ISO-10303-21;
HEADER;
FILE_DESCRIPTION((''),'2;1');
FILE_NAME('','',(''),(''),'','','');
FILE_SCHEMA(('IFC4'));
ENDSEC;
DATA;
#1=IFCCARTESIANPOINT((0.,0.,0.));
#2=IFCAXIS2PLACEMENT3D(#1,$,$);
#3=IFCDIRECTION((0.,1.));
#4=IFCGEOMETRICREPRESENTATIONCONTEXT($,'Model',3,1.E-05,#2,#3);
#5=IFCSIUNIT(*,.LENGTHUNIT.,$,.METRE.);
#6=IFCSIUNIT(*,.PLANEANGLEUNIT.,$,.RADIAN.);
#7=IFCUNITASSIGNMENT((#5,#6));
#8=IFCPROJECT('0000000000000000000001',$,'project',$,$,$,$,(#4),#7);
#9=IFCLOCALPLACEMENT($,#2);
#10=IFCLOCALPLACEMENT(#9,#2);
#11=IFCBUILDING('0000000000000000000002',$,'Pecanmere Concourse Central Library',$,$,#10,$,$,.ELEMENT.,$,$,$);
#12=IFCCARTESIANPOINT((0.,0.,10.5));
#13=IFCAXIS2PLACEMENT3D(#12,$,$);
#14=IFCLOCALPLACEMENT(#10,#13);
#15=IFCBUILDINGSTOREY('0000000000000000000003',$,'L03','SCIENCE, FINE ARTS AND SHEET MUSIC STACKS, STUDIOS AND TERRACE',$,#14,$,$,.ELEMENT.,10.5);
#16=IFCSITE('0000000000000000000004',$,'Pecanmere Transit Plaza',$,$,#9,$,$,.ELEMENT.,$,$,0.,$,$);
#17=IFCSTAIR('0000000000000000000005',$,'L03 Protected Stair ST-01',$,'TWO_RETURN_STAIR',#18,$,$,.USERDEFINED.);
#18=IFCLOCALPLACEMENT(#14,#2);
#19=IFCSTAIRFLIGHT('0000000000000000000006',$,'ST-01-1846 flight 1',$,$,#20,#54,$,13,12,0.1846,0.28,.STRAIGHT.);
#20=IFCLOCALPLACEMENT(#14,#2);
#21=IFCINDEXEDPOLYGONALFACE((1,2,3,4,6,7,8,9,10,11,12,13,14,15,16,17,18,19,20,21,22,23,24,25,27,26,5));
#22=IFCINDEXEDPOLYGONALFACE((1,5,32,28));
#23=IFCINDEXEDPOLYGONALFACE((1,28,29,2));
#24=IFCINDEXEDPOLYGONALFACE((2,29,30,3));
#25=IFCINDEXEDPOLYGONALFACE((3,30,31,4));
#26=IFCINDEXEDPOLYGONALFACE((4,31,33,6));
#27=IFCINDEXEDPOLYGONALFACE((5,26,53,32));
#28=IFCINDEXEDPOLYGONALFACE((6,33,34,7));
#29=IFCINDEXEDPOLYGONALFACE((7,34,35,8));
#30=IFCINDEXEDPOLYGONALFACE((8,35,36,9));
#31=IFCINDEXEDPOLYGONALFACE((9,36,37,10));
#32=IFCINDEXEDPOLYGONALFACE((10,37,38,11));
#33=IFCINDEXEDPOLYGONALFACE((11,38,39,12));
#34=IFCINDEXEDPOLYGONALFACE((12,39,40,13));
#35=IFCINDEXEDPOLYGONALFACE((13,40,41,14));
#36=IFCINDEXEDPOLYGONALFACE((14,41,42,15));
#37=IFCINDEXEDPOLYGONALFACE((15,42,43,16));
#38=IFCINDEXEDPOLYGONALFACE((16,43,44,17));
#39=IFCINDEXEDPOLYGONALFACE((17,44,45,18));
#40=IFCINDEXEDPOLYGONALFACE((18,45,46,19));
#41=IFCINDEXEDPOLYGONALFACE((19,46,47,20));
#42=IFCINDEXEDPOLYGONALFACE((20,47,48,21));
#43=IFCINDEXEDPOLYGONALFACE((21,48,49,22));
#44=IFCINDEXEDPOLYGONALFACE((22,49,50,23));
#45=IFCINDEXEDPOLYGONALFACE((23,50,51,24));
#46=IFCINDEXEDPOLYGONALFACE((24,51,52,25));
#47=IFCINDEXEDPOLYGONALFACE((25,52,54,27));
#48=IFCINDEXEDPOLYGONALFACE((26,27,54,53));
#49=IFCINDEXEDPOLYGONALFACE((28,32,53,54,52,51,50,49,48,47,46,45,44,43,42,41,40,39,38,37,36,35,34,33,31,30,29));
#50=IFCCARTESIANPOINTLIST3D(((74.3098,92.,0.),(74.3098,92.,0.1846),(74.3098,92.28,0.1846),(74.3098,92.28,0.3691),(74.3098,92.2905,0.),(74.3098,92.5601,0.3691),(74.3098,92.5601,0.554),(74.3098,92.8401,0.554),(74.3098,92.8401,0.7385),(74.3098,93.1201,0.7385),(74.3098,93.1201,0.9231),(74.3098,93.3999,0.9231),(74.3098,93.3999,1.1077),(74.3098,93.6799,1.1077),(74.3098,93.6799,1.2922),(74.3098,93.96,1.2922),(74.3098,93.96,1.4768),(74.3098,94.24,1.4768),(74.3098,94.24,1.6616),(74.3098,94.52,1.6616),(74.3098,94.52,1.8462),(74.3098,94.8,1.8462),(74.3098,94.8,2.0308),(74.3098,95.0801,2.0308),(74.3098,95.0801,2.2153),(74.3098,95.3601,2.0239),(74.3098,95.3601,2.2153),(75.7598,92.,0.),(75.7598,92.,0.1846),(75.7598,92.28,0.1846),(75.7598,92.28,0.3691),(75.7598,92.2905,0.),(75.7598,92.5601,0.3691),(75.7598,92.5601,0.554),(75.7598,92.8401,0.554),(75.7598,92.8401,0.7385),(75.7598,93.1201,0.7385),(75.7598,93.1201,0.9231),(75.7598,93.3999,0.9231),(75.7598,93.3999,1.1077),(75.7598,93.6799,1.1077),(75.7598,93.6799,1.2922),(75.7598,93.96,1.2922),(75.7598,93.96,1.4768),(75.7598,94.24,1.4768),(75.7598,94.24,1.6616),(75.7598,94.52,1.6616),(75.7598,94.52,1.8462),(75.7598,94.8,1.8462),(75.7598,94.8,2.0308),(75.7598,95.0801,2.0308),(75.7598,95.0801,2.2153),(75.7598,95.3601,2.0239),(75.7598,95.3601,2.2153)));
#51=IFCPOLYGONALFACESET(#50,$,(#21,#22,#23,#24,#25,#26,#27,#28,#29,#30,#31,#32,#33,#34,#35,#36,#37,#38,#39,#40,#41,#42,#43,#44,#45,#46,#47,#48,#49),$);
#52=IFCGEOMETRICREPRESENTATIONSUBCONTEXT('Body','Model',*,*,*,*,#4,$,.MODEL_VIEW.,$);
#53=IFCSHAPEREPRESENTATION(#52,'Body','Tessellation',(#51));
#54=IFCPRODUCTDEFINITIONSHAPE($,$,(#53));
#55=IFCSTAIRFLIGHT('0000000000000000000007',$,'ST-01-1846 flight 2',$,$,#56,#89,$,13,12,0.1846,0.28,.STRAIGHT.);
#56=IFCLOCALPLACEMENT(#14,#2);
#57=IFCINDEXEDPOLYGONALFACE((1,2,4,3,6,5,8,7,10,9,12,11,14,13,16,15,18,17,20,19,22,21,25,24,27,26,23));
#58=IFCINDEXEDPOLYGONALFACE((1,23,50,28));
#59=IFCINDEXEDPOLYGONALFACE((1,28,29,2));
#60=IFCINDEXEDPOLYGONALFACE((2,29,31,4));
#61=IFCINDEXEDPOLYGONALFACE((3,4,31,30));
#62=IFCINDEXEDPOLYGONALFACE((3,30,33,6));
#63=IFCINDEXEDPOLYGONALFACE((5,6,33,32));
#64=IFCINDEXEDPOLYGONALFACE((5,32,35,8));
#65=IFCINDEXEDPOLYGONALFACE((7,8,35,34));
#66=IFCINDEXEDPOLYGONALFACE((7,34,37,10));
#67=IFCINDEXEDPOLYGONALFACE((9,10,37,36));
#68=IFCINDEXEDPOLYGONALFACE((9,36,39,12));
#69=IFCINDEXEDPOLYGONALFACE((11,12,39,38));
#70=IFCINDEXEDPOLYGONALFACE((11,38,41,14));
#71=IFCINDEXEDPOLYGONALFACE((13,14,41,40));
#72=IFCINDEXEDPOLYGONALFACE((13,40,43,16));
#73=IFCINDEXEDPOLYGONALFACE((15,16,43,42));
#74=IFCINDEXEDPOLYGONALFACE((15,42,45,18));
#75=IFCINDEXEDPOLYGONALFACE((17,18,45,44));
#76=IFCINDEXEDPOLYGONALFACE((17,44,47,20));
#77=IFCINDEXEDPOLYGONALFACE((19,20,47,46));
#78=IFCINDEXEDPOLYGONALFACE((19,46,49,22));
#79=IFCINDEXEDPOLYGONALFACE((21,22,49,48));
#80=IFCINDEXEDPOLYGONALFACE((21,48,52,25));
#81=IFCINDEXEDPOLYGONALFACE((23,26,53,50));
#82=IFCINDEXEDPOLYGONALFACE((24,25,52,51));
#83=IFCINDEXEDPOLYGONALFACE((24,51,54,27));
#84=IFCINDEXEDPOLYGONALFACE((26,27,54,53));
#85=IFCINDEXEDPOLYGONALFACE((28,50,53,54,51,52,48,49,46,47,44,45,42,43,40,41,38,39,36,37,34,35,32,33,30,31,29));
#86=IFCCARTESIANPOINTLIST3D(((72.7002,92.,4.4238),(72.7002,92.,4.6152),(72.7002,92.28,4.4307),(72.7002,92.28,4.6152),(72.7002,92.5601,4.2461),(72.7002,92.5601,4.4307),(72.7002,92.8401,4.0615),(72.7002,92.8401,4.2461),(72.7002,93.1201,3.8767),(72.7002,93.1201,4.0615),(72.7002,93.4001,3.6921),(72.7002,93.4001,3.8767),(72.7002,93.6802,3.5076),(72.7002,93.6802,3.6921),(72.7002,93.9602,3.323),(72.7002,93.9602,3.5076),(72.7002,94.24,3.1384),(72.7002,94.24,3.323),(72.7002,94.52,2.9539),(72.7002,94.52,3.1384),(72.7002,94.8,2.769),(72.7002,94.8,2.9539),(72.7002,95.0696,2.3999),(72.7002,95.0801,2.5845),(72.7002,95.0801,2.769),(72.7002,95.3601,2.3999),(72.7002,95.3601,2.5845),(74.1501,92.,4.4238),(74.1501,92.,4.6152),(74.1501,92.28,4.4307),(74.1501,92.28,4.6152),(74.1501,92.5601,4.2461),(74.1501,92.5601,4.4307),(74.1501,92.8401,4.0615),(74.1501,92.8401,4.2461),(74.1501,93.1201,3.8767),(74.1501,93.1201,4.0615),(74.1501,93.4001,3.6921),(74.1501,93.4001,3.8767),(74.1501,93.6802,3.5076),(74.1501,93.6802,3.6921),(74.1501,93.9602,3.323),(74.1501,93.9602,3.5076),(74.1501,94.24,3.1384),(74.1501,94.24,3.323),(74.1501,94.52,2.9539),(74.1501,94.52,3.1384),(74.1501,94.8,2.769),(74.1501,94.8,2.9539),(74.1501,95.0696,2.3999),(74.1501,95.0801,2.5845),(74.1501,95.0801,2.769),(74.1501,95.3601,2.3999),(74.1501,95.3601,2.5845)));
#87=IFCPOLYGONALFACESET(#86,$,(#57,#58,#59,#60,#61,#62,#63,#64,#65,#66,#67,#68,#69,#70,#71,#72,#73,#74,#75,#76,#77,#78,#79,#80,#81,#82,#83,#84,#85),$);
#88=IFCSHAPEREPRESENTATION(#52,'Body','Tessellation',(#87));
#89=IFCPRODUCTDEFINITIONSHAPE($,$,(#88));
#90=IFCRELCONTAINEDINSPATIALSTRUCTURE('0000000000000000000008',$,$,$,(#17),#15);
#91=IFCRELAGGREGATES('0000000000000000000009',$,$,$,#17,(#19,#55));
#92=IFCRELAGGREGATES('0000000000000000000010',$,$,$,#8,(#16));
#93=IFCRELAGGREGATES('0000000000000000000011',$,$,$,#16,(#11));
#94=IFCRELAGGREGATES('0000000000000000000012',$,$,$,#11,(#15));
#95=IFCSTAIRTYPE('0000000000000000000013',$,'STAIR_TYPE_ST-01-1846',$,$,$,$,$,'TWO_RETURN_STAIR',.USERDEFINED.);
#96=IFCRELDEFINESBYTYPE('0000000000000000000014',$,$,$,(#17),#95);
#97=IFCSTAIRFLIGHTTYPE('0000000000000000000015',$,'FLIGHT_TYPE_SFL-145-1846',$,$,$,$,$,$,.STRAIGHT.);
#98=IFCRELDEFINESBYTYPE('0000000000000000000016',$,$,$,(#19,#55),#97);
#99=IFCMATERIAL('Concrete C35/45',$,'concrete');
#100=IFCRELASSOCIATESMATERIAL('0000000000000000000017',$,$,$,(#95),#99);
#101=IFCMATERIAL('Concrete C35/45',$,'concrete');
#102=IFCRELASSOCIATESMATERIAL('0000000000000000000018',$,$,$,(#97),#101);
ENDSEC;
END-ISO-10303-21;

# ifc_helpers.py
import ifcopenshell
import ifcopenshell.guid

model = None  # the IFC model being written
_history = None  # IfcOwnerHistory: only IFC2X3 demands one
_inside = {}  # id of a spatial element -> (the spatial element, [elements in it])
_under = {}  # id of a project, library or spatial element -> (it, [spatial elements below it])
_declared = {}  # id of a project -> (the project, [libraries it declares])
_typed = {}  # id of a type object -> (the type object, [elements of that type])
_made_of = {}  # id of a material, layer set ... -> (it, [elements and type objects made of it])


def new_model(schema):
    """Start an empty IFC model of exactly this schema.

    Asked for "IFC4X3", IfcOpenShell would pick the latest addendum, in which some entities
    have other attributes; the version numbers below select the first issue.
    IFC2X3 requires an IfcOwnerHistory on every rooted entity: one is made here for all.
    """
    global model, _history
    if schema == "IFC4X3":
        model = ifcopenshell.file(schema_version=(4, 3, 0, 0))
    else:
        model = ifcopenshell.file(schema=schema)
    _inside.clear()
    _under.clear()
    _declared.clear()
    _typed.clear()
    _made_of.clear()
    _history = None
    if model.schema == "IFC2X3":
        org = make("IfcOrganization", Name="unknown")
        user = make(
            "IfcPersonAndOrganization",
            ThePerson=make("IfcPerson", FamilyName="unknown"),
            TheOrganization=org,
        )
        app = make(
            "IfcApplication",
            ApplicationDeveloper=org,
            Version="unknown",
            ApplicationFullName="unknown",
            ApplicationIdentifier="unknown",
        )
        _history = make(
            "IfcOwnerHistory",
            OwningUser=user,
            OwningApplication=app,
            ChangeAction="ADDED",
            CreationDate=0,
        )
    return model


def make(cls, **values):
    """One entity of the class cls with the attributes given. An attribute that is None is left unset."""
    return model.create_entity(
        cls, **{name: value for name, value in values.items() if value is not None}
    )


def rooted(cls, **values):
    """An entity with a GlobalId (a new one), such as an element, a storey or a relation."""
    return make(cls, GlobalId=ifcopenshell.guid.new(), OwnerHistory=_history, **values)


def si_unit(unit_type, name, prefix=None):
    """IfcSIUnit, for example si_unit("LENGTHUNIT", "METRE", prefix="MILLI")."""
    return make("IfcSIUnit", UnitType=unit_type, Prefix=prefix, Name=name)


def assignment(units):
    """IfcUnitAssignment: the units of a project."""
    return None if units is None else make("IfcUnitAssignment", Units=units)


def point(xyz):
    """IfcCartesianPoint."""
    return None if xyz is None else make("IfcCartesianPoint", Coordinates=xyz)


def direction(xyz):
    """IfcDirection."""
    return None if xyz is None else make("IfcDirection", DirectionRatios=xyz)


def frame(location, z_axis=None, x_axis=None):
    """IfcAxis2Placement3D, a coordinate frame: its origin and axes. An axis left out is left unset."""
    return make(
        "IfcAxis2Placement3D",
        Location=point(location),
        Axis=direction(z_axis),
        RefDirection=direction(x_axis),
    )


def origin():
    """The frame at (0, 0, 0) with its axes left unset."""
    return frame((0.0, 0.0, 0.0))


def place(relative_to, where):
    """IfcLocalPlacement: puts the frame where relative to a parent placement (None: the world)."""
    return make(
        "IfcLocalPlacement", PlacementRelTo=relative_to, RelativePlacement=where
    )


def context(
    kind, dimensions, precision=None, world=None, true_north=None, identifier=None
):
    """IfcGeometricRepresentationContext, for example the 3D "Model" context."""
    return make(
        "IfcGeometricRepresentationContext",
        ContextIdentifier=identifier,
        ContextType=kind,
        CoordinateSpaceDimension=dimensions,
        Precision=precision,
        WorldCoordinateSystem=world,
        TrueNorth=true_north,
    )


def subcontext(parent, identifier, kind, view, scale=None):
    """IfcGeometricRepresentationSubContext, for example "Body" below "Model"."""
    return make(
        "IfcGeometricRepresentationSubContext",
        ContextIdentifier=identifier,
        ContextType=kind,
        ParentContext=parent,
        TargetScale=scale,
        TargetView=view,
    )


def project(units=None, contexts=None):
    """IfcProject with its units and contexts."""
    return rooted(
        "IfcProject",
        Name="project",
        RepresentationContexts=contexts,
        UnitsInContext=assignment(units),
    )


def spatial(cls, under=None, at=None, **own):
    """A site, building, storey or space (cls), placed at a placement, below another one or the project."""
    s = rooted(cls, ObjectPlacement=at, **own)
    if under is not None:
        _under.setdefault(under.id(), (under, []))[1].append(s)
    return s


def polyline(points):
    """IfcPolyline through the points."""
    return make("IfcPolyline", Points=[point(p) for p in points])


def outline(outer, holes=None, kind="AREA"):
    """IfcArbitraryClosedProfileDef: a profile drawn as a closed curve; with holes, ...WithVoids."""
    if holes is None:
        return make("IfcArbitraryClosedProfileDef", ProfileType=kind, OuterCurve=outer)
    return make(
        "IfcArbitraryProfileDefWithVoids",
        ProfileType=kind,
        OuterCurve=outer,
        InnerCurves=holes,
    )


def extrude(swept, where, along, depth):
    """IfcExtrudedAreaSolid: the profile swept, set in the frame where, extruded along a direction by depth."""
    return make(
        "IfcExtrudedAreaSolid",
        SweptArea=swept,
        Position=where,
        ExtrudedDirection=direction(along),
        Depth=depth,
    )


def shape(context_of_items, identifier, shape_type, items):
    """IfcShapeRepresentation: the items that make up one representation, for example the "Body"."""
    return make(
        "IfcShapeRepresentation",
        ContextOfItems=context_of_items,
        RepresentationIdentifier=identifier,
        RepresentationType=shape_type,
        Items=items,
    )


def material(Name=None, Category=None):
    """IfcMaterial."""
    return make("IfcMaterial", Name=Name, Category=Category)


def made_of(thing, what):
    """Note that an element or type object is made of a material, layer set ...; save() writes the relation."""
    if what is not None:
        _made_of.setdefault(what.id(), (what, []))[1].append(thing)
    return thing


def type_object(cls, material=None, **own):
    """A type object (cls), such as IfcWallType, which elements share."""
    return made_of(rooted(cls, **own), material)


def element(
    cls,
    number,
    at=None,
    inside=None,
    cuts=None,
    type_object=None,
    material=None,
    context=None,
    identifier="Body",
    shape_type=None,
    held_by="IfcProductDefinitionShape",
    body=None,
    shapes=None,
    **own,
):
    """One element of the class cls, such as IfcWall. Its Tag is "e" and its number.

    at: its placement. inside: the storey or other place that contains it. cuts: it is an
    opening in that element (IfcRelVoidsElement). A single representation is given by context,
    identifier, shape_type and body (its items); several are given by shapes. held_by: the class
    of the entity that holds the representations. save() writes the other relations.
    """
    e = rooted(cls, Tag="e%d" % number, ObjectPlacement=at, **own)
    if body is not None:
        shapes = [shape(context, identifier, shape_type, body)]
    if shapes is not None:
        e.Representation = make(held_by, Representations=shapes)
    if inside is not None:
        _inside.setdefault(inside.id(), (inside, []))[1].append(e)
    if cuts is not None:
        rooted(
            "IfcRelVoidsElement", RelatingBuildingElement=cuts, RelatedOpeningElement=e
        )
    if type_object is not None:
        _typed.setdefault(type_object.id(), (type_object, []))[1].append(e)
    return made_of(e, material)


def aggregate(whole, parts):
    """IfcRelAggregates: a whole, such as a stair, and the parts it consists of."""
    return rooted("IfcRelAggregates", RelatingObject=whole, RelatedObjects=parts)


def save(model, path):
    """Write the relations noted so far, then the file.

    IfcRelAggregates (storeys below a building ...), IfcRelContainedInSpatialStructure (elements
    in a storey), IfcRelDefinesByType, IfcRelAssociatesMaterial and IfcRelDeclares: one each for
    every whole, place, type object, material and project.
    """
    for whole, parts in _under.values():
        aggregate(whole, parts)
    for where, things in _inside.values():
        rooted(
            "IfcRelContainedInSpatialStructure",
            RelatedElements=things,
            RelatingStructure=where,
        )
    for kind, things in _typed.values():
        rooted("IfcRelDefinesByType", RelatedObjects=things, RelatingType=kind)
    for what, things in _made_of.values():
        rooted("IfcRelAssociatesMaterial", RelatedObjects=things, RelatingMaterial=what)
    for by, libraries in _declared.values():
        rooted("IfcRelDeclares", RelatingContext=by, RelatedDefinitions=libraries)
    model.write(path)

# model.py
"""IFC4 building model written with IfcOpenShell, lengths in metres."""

from ifc_helpers import new_model, si_unit, direction, frame, origin, place, context, subcontext, project, spatial, polyline, outline, extrude, material, type_object, element, aggregate, save


model = new_model("IFC4")

# Units and contexts
model_context = context("Model", 3, precision=1e-05, world=origin(), true_north=direction((0.0, 1.0)))
body_context = subcontext(model_context, "Body", "Model", "MODEL_VIEW")
ifc_project = project(units=[si_unit("LENGTHUNIT", "METRE"), si_unit("PLANEANGLEUNIT", "RADIAN")], contexts=[model_context])

# Site, building, storey
site_placement = place(None, origin())
site = spatial("IfcSite", under=ifc_project, at=site_placement, Name="Pecanmere Transit Plaza", CompositionType="ELEMENT", RefElevation=0.0)
building_placement = place(site_placement, origin())
building = spatial("IfcBuilding", under=site, at=building_placement, Name="Pecanmere Concourse Central Library", CompositionType="ELEMENT")
storey_placement = place(building_placement, frame((0.0, 0.0, 10.5)))
storey = spatial("IfcBuildingStorey", under=building, at=storey_placement, Name="L03", Description="SCIENCE, FINE ARTS AND SHEET MUSIC STACKS, STUDIOS AND TERRACE", CompositionType="ELEMENT", Elevation=10.5)

# Stair, stair flights
ifc_material_1 = material(Name="Concrete C35/45", Category="concrete")
stair_type = type_object("IfcStairType", Name="STAIR_TYPE_ST-01-1846", ElementType="TWO_RETURN_STAIR", PredefinedType="USERDEFINED", material=ifc_material_1)
stair_placement = place(storey_placement, origin())
stair = element("IfcStair", 1, at=stair_placement, inside=storey, type_object=stair_type, Name="L03 Protected Stair ST-01", ObjectType="TWO_RETURN_STAIR", PredefinedType="USERDEFINED")
ifc_material_2 = material(Name="Concrete C35/45", Category="concrete")
stair_flight_type = type_object("IfcStairFlightType", Name="FLIGHT_TYPE_SFL-145-1846", PredefinedType="STRAIGHT", material=ifc_material_2)
stair_flight_1_placement = place(storey_placement, frame((75.0349, 92.0, 0.0), z_axis=(0.0, 0.0, 1.0), x_axis=(0.0, 1.0, 0.0)))
stair_flight_1 = element("IfcStairFlight", 2, at=stair_flight_1_placement, type_object=stair_flight_type, Name="ST-01-1846 flight 1", NumberOfRisers=13, NumberOfTreads=12, PredefinedType="STRAIGHT", RiserHeight=0.1846, TreadLength=0.28, context=body_context, shape_type="SweptSolid", body=[
    extrude(outline(polyline([(0.0, 0.0), (0.0, 0.1846), (0.28, 0.1846), (0.28, 0.3691), (0.5601, 0.3691), (0.5601, 0.554), (0.8401, 0.554), (0.8401, 0.7385), (1.1201, 0.7385), (1.1201, 0.9231), (1.3999, 0.9231), (1.3999, 1.1077), (1.6799, 1.1077), (1.6799, 1.2922), (1.96, 1.2922), (1.96, 1.4768), (2.24, 1.4768), (2.24, 1.6616), (2.52, 1.6616), (2.52, 1.8462), (2.8, 1.8462), (2.8, 2.0308), (3.0801, 2.0308), (3.0801, 2.2153), (3.3601, 2.2153), (3.3601, 2.3999), (3.3601, 2.0239), (0.2905, 0.0), (0.0, 0.0)])), frame((0.0, 0.7251, 0.0), z_axis=(0.0, -1.0, 0.0), x_axis=(1.0, 0.0, 0.0)), (0.0, 0.0, 1.0), 1.45),
])
stair_flight_2_placement = place(storey_placement, frame((73.425, 95.3601, 2.3999), z_axis=(0.0, 0.0, 1.0), x_axis=(0.0, -1.0, 0.0)))
stair_flight_2 = element("IfcStairFlight", 3, at=stair_flight_2_placement, type_object=stair_flight_type, Name="ST-01-1846 flight 2", NumberOfRisers=13, NumberOfTreads=12, PredefinedType="STRAIGHT", RiserHeight=0.1846, TreadLength=0.28, context=body_context, shape_type="SweptSolid", body=[
    extrude(outline(polyline([(0.0, 0.0), (0.0, 0.1846), (0.28, 0.1846), (0.28, 0.3691), (0.5601, 0.3691), (0.5601, 0.554), (0.8401, 0.554), (0.8401, 0.7385), (1.1201, 0.7385), (1.1201, 0.9231), (1.3999, 0.9231), (1.3999, 1.1077), (1.6799, 1.1077), (1.6799, 1.2922), (1.96, 1.2922), (1.96, 1.4768), (2.24, 1.4768), (2.24, 1.6616), (2.52, 1.6616), (2.52, 1.8462), (2.8, 1.8462), (2.8, 2.0308), (3.0801, 2.0308), (3.0801, 2.2153), (3.3601, 2.2153), (3.3601, 2.3999), (3.3601, 2.0239), (0.2905, 0.0), (0.0, 0.0)])), frame((0.0, 0.7251, 0.0), z_axis=(0.0, -1.0, 0.0), x_axis=(1.0, 0.0, 0.0)), (0.0, 0.0, 1.0), 1.45),
])
aggregate(stair, [stair_flight_1, stair_flight_2])

save(model, "model.ifc")
